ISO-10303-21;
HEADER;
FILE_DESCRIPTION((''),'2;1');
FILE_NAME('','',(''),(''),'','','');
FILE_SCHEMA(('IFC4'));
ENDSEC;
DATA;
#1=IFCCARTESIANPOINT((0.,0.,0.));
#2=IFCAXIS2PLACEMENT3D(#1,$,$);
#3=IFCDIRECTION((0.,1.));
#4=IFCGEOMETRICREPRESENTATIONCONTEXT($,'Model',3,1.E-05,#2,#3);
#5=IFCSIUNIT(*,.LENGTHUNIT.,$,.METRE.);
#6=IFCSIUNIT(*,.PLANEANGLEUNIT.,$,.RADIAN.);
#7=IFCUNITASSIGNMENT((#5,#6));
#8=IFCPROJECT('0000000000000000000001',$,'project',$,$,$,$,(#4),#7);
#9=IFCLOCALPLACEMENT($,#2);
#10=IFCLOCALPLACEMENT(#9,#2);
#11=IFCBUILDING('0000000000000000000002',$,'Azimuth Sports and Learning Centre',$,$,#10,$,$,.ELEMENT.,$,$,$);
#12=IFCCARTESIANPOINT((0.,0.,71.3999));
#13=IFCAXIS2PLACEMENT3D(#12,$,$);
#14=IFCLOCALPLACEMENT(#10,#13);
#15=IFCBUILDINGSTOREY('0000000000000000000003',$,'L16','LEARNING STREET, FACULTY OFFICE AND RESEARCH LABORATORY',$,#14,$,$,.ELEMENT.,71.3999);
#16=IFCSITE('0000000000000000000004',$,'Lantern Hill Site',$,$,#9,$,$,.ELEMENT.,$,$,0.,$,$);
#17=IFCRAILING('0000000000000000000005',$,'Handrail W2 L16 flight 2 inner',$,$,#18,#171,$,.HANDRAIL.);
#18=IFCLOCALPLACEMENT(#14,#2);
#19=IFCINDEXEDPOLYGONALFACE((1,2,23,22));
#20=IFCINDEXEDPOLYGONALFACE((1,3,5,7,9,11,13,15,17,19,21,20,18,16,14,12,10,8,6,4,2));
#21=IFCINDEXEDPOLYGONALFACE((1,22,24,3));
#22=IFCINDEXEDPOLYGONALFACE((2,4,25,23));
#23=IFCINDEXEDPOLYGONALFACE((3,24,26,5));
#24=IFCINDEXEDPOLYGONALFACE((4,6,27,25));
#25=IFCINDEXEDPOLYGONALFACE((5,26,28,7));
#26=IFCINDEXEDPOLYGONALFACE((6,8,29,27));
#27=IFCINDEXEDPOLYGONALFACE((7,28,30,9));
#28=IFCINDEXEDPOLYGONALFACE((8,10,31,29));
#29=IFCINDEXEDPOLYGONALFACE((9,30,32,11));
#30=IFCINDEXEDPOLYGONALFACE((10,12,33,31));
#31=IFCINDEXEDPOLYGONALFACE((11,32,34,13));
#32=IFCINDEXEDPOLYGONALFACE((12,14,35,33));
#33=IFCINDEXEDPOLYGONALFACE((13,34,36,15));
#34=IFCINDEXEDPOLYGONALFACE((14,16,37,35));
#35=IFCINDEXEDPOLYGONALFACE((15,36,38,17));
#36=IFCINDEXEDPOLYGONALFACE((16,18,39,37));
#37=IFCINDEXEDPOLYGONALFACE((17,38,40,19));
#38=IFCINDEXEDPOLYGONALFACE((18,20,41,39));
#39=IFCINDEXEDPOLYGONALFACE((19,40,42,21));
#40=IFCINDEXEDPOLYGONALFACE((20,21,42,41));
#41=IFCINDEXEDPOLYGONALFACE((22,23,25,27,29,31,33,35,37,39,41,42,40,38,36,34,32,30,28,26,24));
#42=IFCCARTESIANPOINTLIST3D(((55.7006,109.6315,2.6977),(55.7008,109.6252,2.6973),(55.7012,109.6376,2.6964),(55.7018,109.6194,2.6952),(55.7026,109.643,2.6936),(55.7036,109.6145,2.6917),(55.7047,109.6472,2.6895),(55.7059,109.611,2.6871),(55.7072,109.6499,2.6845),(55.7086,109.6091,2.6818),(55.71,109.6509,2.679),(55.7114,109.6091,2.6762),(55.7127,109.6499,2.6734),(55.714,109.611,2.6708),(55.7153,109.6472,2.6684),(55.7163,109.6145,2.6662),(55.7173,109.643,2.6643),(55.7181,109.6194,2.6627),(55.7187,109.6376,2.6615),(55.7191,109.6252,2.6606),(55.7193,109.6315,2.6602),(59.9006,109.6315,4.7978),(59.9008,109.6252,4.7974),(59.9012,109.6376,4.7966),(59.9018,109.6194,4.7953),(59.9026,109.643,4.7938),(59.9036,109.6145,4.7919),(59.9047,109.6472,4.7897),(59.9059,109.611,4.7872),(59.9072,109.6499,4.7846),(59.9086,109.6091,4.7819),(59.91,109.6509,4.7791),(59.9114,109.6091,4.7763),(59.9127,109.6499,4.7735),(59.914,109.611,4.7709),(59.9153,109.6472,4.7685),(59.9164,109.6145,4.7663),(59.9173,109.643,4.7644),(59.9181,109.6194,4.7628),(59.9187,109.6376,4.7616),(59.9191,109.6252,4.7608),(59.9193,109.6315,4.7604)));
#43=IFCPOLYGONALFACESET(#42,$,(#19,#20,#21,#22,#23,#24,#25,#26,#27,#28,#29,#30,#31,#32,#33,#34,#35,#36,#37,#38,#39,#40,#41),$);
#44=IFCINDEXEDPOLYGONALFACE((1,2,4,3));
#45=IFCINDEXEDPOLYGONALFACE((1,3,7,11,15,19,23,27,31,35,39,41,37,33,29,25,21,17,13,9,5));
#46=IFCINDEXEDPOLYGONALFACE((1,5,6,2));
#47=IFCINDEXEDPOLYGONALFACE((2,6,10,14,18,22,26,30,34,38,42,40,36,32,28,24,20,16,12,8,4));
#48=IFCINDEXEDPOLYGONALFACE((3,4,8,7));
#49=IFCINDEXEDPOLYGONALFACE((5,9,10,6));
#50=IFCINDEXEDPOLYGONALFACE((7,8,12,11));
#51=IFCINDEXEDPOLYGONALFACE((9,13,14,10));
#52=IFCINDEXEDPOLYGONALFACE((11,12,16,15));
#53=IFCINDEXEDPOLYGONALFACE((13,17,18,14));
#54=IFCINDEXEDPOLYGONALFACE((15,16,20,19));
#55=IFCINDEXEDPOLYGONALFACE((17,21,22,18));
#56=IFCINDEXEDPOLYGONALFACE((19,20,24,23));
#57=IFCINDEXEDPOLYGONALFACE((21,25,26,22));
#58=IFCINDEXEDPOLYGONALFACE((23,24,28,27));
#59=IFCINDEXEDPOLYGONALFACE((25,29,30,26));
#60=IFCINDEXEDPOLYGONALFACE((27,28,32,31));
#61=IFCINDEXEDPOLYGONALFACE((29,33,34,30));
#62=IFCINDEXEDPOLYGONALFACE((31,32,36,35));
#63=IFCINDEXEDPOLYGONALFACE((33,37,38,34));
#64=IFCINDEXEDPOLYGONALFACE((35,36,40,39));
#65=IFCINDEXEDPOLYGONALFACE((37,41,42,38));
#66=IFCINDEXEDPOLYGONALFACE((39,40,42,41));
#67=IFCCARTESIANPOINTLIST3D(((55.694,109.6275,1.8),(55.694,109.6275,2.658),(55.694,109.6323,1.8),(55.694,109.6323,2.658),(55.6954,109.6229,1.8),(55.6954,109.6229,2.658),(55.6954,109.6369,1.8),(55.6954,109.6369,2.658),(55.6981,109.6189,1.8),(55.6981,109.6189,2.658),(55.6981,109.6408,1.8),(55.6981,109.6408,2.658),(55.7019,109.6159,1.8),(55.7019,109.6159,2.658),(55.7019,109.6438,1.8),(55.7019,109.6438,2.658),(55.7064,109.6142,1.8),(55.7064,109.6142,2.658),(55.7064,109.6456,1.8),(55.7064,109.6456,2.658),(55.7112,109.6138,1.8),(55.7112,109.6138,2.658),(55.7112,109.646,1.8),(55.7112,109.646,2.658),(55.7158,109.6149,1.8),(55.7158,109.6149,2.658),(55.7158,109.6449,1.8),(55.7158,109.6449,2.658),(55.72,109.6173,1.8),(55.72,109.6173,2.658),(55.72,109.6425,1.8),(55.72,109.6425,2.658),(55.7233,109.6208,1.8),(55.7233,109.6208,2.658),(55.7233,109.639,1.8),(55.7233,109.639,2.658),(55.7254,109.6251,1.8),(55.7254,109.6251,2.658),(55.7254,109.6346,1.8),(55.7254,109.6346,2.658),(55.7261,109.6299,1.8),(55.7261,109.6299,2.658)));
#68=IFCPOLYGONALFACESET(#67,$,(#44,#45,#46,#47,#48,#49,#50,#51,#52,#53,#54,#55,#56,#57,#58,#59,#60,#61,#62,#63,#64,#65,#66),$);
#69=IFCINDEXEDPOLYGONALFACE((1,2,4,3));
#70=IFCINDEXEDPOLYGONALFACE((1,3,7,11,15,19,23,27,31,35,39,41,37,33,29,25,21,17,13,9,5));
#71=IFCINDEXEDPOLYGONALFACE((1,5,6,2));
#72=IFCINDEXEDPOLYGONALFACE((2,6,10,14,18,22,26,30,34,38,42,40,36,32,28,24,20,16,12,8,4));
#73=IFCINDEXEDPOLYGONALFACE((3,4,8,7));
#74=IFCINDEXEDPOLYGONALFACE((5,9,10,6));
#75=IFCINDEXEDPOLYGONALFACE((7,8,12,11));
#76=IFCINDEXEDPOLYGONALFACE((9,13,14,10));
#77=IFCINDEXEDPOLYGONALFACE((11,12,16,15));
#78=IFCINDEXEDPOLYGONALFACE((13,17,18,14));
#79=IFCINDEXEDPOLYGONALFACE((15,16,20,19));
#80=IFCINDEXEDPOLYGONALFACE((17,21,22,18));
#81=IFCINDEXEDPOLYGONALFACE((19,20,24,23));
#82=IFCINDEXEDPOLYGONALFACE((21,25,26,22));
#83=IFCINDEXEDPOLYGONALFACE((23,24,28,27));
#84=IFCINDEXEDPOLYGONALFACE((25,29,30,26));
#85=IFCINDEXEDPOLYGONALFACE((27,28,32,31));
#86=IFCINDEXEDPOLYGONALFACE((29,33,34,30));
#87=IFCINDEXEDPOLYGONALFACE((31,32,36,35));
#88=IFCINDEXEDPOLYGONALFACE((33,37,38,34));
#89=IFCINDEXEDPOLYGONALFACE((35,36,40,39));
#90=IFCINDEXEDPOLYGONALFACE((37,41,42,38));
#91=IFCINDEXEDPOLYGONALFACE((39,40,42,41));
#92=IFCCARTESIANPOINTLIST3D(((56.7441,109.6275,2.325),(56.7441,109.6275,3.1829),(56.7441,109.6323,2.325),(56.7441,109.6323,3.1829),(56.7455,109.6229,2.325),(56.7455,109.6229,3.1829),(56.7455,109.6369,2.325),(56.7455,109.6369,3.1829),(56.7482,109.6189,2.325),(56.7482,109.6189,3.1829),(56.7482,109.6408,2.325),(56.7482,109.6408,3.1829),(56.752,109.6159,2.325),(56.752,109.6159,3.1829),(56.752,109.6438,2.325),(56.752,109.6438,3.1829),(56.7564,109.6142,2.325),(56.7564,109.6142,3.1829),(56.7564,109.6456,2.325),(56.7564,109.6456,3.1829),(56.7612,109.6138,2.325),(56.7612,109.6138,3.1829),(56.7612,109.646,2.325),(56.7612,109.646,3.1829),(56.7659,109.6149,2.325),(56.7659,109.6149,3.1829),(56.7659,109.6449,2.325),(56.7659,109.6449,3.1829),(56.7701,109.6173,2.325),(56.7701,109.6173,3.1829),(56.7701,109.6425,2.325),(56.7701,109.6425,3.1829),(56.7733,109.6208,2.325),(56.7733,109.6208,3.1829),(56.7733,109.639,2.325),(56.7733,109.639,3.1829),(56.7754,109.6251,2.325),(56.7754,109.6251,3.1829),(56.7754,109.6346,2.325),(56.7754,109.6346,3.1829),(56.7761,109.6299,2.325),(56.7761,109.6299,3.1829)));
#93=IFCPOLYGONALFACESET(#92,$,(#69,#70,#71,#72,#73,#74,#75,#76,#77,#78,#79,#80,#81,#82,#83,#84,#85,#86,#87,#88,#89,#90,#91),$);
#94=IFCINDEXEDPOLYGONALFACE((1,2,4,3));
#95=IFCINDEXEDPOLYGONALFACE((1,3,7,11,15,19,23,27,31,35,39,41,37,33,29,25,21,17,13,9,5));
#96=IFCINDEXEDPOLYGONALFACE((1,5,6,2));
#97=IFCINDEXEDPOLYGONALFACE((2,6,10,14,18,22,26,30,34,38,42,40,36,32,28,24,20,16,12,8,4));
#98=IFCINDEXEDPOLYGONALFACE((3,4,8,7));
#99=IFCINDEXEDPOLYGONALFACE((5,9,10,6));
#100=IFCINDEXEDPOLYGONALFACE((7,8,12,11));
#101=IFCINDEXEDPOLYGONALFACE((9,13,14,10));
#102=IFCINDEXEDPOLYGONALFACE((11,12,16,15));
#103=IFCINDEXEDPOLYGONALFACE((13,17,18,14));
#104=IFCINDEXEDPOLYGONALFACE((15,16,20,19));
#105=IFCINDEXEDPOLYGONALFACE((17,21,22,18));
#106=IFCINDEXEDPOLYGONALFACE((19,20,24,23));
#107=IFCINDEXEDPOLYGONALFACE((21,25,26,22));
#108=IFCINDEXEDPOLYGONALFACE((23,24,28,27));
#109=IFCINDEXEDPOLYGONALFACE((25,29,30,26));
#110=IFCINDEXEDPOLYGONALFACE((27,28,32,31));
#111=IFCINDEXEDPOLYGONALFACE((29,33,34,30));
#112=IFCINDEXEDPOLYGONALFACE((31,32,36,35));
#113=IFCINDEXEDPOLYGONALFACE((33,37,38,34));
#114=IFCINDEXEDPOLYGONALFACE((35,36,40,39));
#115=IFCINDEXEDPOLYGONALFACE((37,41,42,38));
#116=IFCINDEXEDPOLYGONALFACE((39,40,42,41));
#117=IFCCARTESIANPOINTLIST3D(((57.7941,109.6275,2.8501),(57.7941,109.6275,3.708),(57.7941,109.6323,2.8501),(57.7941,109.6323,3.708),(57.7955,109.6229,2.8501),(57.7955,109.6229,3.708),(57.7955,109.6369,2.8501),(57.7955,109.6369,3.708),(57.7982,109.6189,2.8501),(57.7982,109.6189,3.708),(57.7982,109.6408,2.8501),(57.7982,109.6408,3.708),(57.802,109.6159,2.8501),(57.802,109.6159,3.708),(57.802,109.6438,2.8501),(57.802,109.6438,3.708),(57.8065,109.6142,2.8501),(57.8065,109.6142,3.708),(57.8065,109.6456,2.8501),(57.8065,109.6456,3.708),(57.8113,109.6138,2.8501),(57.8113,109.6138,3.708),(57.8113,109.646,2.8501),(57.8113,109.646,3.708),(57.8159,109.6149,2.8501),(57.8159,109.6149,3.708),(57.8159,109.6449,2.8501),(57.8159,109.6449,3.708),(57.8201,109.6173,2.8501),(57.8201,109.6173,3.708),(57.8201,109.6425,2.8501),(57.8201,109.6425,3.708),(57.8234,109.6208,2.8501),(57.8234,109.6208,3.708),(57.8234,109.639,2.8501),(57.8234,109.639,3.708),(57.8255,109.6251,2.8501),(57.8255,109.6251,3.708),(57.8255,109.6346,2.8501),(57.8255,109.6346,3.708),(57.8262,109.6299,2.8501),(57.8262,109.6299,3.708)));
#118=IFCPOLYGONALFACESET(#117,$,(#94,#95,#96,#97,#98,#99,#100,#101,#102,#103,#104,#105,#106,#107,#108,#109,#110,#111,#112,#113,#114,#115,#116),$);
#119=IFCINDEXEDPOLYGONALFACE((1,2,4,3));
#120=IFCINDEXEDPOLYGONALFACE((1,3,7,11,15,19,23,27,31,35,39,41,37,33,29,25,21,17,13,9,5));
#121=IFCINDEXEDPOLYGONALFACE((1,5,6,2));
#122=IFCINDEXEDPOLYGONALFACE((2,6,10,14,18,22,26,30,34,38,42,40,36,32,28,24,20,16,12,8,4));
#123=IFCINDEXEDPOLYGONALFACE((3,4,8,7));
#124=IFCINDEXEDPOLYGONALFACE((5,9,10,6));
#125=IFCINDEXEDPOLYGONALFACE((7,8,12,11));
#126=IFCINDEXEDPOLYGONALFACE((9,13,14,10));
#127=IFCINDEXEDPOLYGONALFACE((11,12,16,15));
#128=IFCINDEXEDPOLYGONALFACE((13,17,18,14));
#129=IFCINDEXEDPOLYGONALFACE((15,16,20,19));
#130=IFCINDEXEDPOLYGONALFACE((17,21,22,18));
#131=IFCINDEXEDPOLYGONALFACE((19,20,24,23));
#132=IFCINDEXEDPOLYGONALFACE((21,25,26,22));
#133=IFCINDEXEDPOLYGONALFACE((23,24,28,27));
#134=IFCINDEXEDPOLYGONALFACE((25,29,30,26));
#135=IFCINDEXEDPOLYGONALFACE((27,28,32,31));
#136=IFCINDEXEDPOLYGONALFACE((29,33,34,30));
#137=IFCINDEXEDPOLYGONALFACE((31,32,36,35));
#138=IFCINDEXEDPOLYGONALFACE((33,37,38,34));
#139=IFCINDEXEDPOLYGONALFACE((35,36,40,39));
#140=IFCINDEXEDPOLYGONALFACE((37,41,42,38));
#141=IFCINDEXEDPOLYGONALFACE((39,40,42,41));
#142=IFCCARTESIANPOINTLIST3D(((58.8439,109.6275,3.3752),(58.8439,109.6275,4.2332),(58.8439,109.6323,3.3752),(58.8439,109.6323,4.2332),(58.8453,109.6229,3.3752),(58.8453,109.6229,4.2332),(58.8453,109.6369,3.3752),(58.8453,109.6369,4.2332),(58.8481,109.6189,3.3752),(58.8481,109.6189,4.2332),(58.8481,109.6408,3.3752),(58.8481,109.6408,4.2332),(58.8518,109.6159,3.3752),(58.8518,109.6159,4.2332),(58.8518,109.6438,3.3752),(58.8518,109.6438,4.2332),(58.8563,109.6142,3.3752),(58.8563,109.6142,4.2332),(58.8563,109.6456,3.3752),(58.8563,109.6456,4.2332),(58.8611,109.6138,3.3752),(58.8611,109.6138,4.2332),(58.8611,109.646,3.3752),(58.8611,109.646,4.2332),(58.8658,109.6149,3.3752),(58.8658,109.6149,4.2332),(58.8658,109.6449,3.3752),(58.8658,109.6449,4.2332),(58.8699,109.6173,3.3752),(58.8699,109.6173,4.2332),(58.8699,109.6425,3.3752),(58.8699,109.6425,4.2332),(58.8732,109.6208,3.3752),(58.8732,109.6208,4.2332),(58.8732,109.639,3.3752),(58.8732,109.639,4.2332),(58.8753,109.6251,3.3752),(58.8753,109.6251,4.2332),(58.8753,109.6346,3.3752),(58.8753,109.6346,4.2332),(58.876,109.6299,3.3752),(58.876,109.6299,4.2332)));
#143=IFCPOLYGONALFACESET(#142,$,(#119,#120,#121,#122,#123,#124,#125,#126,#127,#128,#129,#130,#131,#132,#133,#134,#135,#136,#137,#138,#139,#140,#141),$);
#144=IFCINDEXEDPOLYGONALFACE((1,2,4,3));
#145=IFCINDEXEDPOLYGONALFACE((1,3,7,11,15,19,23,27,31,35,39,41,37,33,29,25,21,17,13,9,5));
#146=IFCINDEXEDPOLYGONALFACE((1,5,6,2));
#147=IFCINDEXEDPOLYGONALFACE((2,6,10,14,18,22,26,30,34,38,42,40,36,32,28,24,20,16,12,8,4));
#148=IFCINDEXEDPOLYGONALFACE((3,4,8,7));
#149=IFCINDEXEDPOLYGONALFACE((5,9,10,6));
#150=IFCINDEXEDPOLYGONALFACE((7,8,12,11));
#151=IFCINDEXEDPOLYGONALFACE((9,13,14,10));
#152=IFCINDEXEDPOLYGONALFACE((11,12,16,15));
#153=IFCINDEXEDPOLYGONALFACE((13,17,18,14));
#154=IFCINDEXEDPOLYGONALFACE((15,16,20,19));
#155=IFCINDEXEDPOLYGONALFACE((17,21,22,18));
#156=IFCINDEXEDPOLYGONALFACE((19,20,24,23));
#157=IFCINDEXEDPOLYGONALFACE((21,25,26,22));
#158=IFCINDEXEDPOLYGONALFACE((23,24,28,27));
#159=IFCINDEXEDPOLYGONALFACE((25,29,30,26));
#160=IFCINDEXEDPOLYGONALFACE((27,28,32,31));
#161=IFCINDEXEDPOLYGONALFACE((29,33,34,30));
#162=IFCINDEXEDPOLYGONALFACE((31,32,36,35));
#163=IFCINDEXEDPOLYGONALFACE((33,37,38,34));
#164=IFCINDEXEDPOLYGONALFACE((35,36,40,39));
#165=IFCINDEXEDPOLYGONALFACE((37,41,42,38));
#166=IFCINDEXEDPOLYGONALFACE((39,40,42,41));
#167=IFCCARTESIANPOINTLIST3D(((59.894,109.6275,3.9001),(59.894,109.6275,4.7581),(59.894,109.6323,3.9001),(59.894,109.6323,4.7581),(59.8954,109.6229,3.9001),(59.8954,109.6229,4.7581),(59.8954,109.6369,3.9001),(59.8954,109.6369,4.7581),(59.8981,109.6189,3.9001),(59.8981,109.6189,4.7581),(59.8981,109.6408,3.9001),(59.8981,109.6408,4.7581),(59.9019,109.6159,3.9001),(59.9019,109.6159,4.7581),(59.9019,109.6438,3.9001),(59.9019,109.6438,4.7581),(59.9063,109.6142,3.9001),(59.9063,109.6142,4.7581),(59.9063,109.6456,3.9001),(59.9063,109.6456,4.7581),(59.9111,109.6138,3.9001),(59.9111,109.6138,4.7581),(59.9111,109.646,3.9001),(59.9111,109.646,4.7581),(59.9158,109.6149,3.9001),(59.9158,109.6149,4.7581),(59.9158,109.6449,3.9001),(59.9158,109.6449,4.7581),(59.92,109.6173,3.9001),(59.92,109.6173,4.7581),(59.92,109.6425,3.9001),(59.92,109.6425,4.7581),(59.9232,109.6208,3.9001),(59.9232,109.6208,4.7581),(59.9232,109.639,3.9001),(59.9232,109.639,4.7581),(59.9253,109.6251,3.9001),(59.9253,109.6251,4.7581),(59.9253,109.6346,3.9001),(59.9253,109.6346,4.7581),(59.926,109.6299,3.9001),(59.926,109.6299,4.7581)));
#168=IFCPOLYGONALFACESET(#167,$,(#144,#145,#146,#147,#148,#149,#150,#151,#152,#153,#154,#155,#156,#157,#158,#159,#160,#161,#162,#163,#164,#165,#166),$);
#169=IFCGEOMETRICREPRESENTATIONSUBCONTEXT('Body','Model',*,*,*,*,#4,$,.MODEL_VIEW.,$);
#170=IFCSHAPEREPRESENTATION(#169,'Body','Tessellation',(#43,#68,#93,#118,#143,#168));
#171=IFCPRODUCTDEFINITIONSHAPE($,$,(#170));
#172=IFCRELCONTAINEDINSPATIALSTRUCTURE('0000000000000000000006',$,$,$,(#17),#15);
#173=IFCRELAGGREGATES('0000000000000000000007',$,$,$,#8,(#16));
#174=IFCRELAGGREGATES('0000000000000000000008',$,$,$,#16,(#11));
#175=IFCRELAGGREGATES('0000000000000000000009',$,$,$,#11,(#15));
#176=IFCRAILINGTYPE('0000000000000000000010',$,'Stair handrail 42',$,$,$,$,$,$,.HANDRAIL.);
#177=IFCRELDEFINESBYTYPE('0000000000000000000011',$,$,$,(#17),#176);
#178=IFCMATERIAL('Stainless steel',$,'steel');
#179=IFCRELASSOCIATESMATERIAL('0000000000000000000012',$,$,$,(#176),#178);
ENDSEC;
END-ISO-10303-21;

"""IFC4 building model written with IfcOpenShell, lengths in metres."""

from ifc_helpers import new_model, si_unit, direction, frame, origin, origin_2d, place, context, subcontext, project, spatial, circle, extrude, material, type_object, element, save


model = new_model("IFC4")

# Units and contexts
model_context = context("Model", 3, precision=1e-05, world=origin(), true_north=direction((0.0, 1.0)))
body_context = subcontext(model_context, "Body", "Model", "MODEL_VIEW")
ifc_project = project(units=[si_unit("LENGTHUNIT", "METRE"), si_unit("PLANEANGLEUNIT", "RADIAN")], contexts=[model_context])

# Site, building, storey
site_placement = place(None, origin())
site = spatial("IfcSite", under=ifc_project, at=site_placement, Name="Lantern Hill Site", CompositionType="ELEMENT", RefElevation=0.0)
building_placement = place(site_placement, origin())
building = spatial("IfcBuilding", under=site, at=building_placement, Name="Azimuth Sports and Learning Centre", CompositionType="ELEMENT")
storey_placement = place(building_placement, frame((0.0, 0.0, 71.3999)))
storey = spatial("IfcBuildingStorey", under=building, at=storey_placement, Name="L16", Description="LEARNING STREET, FACULTY OFFICE AND RESEARCH LABORATORY", CompositionType="ELEMENT", Elevation=71.3999)

# Railing
ifc_material_1 = material(Name="Stainless steel", Category="steel")
railing_type_1 = type_object("IfcRailingType", Name="Stair handrail 42", PredefinedType="HANDRAIL", material=ifc_material_1)
railing_1_placement = place(storey_placement, frame((55.71, 109.6299, 1.8)))
element("IfcRailing", 1, at=railing_1_placement, inside=storey, type_object=railing_type_1, Name="Handrail W2 L16 flight 2 inner", PredefinedType="HANDRAIL", context=body_context, shape_type="SweptSolid", body=[
    extrude(circle(Radius=0.021, at=origin_2d()), frame((0.0, 0.0, 0.8789), z_axis=(0.894417, 0.0, 0.447234), x_axis=(0.0, 1.0, 0.0)), (0.0, 0.0, 1.0), 4.6958),
    extrude(circle(Radius=0.0161, at=origin_2d()), origin(), (0.0, 0.0, 1.0), 0.8579),
    extrude(circle(Radius=0.0161, at=origin_2d()), frame((1.05, 0.0, 0.5249)), (0.0, 0.0, 1.0), 0.8579),
    extrude(circle(Radius=0.0161, at=origin_2d()), frame((2.1001, 0.0, 1.05)), (0.0, 0.0, 1.0), 0.8579),
    extrude(circle(Radius=0.0161, at=origin_2d()), frame((3.1499, 0.0, 1.5752)), (0.0, 0.0, 1.0), 0.8579),
    extrude(circle(Radius=0.0161, at=origin_2d()), frame((4.2, 0.0, 2.1001)), (0.0, 0.0, 1.0), 0.8579),
])

save(model, "model.ifc")
